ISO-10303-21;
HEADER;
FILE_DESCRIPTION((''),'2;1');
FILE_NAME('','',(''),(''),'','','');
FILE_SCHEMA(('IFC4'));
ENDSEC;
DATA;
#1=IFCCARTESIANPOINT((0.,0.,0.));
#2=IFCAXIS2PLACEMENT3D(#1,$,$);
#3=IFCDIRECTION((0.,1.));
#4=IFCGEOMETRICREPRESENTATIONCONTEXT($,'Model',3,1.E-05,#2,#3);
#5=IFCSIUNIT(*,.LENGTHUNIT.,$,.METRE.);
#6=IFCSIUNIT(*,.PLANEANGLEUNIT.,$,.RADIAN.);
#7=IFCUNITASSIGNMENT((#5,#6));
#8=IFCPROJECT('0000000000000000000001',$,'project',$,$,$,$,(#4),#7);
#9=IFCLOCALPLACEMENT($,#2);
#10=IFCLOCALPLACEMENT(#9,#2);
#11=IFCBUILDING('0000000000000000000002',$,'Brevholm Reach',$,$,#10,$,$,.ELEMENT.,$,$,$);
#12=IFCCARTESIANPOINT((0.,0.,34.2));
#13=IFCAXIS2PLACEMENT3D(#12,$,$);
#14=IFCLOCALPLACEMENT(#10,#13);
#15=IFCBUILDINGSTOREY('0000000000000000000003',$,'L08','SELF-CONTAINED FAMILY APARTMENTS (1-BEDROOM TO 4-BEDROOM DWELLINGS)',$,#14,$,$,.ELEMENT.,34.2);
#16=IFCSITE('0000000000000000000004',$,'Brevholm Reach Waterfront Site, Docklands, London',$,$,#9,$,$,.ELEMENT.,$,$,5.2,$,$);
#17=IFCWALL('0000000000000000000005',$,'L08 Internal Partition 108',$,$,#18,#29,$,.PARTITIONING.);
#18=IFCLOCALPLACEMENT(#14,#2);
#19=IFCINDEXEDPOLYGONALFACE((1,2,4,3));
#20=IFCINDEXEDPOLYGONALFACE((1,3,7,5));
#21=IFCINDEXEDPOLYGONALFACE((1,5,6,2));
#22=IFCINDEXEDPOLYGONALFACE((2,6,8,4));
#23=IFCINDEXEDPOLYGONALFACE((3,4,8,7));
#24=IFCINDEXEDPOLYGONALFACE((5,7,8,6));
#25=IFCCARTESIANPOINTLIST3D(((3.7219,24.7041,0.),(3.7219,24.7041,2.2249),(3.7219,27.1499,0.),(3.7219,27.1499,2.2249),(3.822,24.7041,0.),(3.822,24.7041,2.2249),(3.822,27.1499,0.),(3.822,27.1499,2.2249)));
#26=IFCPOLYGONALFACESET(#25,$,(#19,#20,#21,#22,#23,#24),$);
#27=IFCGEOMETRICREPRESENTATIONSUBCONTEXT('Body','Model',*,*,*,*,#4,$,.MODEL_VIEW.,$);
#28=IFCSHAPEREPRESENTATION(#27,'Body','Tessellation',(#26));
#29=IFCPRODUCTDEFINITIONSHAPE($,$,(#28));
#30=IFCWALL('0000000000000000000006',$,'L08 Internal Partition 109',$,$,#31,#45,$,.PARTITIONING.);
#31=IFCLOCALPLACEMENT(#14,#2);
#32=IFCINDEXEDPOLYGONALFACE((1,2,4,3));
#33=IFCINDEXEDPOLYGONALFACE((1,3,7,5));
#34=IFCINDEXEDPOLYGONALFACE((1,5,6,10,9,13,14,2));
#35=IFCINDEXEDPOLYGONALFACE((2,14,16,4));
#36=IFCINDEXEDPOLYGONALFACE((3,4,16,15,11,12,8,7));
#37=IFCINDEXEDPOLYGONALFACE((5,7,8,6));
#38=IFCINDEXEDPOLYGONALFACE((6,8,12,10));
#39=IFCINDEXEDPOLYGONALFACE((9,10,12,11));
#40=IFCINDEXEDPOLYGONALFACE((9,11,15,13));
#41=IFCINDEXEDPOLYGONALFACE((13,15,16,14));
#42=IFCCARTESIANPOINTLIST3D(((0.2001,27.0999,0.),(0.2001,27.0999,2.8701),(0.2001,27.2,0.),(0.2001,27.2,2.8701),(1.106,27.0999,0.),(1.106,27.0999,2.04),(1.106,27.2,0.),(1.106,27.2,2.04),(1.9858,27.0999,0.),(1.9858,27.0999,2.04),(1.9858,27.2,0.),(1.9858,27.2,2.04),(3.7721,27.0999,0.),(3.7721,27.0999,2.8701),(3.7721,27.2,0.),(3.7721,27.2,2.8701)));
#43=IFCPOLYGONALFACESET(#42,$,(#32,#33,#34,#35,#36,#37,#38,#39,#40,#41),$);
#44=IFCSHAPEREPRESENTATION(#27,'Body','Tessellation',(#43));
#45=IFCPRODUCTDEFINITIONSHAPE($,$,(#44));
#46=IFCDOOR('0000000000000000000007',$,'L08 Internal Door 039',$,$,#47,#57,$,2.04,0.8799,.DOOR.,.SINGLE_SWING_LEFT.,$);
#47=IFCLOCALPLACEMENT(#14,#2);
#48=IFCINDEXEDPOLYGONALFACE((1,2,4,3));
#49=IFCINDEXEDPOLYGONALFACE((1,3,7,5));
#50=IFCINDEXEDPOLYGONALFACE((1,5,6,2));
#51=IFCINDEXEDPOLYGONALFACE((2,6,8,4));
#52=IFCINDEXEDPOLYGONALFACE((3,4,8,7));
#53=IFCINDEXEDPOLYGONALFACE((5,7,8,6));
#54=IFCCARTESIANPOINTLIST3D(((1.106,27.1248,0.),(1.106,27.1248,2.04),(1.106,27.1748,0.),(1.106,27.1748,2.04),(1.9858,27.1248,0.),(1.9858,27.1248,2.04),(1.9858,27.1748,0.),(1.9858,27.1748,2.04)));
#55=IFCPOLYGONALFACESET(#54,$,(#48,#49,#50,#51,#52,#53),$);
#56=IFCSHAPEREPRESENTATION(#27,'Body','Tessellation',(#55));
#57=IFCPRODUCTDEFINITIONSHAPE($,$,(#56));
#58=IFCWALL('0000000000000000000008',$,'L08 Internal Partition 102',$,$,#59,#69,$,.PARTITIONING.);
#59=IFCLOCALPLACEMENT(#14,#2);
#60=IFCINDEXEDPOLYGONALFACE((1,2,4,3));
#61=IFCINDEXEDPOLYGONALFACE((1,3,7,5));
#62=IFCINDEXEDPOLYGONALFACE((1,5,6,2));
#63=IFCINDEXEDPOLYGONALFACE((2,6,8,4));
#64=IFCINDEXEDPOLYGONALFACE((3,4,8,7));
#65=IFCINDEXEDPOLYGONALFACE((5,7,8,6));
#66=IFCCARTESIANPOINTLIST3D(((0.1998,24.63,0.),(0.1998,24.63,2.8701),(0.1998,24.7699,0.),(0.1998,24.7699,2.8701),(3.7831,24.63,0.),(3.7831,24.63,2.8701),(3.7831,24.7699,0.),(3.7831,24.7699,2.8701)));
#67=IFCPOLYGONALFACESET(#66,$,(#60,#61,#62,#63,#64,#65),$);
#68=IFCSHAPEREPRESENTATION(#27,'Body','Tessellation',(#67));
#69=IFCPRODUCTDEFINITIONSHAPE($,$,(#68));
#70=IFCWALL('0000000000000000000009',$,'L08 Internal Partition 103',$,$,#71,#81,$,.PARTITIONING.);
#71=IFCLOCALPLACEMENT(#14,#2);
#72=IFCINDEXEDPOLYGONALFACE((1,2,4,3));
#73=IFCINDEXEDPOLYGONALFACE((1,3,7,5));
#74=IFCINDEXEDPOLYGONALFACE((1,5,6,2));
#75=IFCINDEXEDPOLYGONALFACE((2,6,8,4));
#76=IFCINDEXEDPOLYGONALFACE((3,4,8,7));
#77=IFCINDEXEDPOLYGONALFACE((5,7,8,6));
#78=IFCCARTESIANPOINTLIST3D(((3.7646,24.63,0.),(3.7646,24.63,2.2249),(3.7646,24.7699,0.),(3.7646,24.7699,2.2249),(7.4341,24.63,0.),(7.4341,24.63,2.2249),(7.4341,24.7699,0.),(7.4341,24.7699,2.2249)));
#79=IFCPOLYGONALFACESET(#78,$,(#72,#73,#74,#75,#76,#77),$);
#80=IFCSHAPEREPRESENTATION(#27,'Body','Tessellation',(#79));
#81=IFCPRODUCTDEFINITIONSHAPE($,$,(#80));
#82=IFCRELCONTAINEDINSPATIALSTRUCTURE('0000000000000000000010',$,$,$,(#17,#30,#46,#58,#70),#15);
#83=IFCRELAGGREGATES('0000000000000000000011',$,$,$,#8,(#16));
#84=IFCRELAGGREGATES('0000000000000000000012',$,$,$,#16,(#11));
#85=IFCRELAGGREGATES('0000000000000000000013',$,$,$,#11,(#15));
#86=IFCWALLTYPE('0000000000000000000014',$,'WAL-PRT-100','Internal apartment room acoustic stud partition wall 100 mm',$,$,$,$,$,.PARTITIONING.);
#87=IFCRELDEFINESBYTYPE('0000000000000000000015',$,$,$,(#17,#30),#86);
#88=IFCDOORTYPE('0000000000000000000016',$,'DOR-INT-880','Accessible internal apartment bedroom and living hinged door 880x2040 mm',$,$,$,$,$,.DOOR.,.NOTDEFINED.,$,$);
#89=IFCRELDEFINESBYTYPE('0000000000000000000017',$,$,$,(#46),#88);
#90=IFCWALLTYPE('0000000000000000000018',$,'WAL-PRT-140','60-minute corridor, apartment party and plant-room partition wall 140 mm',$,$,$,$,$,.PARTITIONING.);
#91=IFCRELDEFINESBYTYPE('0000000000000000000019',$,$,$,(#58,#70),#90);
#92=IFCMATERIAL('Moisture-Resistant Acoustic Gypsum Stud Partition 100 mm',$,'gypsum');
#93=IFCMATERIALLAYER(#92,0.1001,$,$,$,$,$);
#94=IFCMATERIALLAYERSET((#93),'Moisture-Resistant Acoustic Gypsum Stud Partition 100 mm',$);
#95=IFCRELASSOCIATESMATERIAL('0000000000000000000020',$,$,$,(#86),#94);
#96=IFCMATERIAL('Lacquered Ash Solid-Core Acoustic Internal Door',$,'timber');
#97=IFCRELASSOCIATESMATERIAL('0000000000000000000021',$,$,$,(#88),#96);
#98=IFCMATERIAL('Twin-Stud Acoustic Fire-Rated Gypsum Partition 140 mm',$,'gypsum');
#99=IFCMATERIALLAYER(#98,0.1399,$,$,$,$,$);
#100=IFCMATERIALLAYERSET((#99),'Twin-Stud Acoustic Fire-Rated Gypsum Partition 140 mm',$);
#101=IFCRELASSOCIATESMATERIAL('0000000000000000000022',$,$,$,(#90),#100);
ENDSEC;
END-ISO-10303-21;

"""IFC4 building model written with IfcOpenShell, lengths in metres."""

from ifc_helpers import new_model, si_unit, direction, frame, frame_2d, origin, place, context, subcontext, project, spatial, rectangle, extrude, material, layer, layer_set, type_object, element, fill, save


model = new_model("IFC4")

# Units and contexts
model_context = context("Model", 3, precision=1e-05, world=origin(), true_north=direction((0.0, 1.0)))
body_context = subcontext(model_context, "Body", "Model", "MODEL_VIEW")
ifc_project = project(units=[si_unit("LENGTHUNIT", "METRE"), si_unit("PLANEANGLEUNIT", "RADIAN")], contexts=[model_context])

# Site, building, storey
site_placement = place(None, origin())
site = spatial("IfcSite", under=ifc_project, at=site_placement, Name="Brevholm Reach Waterfront Site, Docklands, London", CompositionType="ELEMENT", RefElevation=5.2)
building_placement = place(site_placement, origin())
building = spatial("IfcBuilding", under=site, at=building_placement, Name="Brevholm Reach", CompositionType="ELEMENT")
storey_placement = place(building_placement, frame((0.0, 0.0, 34.2)))
storey = spatial("IfcBuildingStorey", under=building, at=storey_placement, Name="L08", Description="SELF-CONTAINED FAMILY APARTMENTS (1-BEDROOM TO 4-BEDROOM DWELLINGS)", CompositionType="ELEMENT", Elevation=34.2)

# Wall
ifc_material_1 = material(Name="Moisture-Resistant Acoustic Gypsum Stud Partition 100 mm", Category="gypsum")
ifc_layer_1 = layer(ifc_material_1, 0.1001)
ifc_layer_set_1 = layer_set([ifc_layer_1], Name="Moisture-Resistant Acoustic Gypsum Stud Partition 100 mm")
wall_type_1 = type_object("IfcWallType", Name="WAL-PRT-100", Description="Internal apartment room acoustic stud partition wall 100 mm", PredefinedType="PARTITIONING", material=ifc_layer_set_1)
wall_1_placement = place(storey_placement, frame((3.772, 24.7041, 0.0), z_axis=(0.0, 0.0, 1.0), x_axis=(0.0, 1.0, 0.0)))
element("IfcWall", 1, at=wall_1_placement, inside=storey, type_object=wall_type_1, Name="L08 Internal Partition 108", PredefinedType="PARTITIONING", context=body_context, shape_type="SweptSolid", body=[
    extrude(rectangle(XDim=2.4458, YDim=0.1001, at=frame_2d((1.2229, 0.0))), origin(), (0.0, 0.0, 1.0), 2.2249),
])

# Wall, opening, door
wall_2_placement = place(storey_placement, frame((0.2, 27.1499, 0.0), z_axis=(0.0, 0.0, 1.0), x_axis=(1.0, 0.0, 0.0)))
wall_2 = element("IfcWall", 2, at=wall_2_placement, inside=storey, type_object=wall_type_1, Name="L08 Internal Partition 109", PredefinedType="PARTITIONING", context=body_context, shape_type="SweptSolid", body=[
    extrude(rectangle(XDim=3.572, YDim=0.1001, at=frame_2d((1.7861, 0.0))), origin(), (0.0, 0.0, 1.0), 2.8701),
])
opening_1_placement = place(wall_2_placement, frame((0.906, 0.0, 0.0)))
opening_1 = element("IfcOpeningElement", 3, at=opening_1_placement, cuts=wall_2, PredefinedType="OPENING", context=body_context, shape_type="SweptSolid", body=[
    extrude(rectangle(XDim=0.8799, YDim=2.04, at=frame_2d((0.4399, 1.02))), frame((0.0, 0.0601, 0.0), z_axis=(0.0, -1.0, 0.0), x_axis=(1.0, 0.0, 0.0)), (0.0, 0.0, 1.0), 0.1201),
])
ifc_material_2 = material(Name="Lacquered Ash Solid-Core Acoustic Internal Door", Category="timber")
door_type = type_object("IfcDoorType", Name="DOR-INT-880", Description="Accessible internal apartment bedroom and living hinged door 880x2040 mm", OperationType="NOTDEFINED", PredefinedType="DOOR", material=ifc_material_2)
door_placement = place(opening_1_placement, origin())
door = element("IfcDoor", 4, at=door_placement, inside=storey, type_object=door_type, Name="L08 Internal Door 039", OperationType="SINGLE_SWING_LEFT", OverallHeight=2.04, OverallWidth=0.8799, PredefinedType="DOOR", context=body_context, shape_type="SweptSolid", body=[
    extrude(rectangle(XDim=0.8799, YDim=2.04, at=frame_2d((0.4399, 1.02))), frame((0.0, 0.0249, 0.0), z_axis=(0.0, -1.0, 0.0), x_axis=(1.0, 0.0, 0.0)), (0.0, 0.0, 1.0), 0.05),
])
fill(opening_1, door)

# Walls
ifc_material_3 = material(Name="Twin-Stud Acoustic Fire-Rated Gypsum Partition 140 mm", Category="gypsum")
ifc_layer_2 = layer(ifc_material_3, 0.1399)
ifc_layer_set_2 = layer_set([ifc_layer_2], Name="Twin-Stud Acoustic Fire-Rated Gypsum Partition 140 mm")
wall_type_2 = type_object("IfcWallType", Name="WAL-PRT-140", Description="60-minute corridor, apartment party and plant-room partition wall 140 mm", PredefinedType="PARTITIONING", material=ifc_layer_set_2)
wall_3_placement = place(storey_placement, frame((0.2, 24.7, 0.0), z_axis=(0.0, 0.0, 1.0), x_axis=(1.0, 0.0, 0.0)))
element("IfcWall", 5, at=wall_3_placement, inside=storey, type_object=wall_type_2, Name="L08 Internal Partition 102", PredefinedType="PARTITIONING", context=body_context, shape_type="SweptSolid", body=[
    extrude(rectangle(XDim=3.5833, YDim=0.1399, at=frame_2d((1.7915, 0.0))), origin(), (0.0, 0.0, 1.0), 2.8701),
])
wall_4_placement = place(storey_placement, frame((3.7646, 24.7, 0.0), z_axis=(0.0, 0.0, 1.0), x_axis=(1.0, 0.0, 0.0)))
element("IfcWall", 6, at=wall_4_placement, inside=storey, type_object=wall_type_2, Name="L08 Internal Partition 103", PredefinedType="PARTITIONING", context=body_context, shape_type="SweptSolid", body=[
    extrude(rectangle(XDim=3.6694, YDim=0.1399, at=frame_2d((1.8347, 0.0))), origin(), (0.0, 0.0, 1.0), 2.2249),
])

save(model, "model.ifc")
